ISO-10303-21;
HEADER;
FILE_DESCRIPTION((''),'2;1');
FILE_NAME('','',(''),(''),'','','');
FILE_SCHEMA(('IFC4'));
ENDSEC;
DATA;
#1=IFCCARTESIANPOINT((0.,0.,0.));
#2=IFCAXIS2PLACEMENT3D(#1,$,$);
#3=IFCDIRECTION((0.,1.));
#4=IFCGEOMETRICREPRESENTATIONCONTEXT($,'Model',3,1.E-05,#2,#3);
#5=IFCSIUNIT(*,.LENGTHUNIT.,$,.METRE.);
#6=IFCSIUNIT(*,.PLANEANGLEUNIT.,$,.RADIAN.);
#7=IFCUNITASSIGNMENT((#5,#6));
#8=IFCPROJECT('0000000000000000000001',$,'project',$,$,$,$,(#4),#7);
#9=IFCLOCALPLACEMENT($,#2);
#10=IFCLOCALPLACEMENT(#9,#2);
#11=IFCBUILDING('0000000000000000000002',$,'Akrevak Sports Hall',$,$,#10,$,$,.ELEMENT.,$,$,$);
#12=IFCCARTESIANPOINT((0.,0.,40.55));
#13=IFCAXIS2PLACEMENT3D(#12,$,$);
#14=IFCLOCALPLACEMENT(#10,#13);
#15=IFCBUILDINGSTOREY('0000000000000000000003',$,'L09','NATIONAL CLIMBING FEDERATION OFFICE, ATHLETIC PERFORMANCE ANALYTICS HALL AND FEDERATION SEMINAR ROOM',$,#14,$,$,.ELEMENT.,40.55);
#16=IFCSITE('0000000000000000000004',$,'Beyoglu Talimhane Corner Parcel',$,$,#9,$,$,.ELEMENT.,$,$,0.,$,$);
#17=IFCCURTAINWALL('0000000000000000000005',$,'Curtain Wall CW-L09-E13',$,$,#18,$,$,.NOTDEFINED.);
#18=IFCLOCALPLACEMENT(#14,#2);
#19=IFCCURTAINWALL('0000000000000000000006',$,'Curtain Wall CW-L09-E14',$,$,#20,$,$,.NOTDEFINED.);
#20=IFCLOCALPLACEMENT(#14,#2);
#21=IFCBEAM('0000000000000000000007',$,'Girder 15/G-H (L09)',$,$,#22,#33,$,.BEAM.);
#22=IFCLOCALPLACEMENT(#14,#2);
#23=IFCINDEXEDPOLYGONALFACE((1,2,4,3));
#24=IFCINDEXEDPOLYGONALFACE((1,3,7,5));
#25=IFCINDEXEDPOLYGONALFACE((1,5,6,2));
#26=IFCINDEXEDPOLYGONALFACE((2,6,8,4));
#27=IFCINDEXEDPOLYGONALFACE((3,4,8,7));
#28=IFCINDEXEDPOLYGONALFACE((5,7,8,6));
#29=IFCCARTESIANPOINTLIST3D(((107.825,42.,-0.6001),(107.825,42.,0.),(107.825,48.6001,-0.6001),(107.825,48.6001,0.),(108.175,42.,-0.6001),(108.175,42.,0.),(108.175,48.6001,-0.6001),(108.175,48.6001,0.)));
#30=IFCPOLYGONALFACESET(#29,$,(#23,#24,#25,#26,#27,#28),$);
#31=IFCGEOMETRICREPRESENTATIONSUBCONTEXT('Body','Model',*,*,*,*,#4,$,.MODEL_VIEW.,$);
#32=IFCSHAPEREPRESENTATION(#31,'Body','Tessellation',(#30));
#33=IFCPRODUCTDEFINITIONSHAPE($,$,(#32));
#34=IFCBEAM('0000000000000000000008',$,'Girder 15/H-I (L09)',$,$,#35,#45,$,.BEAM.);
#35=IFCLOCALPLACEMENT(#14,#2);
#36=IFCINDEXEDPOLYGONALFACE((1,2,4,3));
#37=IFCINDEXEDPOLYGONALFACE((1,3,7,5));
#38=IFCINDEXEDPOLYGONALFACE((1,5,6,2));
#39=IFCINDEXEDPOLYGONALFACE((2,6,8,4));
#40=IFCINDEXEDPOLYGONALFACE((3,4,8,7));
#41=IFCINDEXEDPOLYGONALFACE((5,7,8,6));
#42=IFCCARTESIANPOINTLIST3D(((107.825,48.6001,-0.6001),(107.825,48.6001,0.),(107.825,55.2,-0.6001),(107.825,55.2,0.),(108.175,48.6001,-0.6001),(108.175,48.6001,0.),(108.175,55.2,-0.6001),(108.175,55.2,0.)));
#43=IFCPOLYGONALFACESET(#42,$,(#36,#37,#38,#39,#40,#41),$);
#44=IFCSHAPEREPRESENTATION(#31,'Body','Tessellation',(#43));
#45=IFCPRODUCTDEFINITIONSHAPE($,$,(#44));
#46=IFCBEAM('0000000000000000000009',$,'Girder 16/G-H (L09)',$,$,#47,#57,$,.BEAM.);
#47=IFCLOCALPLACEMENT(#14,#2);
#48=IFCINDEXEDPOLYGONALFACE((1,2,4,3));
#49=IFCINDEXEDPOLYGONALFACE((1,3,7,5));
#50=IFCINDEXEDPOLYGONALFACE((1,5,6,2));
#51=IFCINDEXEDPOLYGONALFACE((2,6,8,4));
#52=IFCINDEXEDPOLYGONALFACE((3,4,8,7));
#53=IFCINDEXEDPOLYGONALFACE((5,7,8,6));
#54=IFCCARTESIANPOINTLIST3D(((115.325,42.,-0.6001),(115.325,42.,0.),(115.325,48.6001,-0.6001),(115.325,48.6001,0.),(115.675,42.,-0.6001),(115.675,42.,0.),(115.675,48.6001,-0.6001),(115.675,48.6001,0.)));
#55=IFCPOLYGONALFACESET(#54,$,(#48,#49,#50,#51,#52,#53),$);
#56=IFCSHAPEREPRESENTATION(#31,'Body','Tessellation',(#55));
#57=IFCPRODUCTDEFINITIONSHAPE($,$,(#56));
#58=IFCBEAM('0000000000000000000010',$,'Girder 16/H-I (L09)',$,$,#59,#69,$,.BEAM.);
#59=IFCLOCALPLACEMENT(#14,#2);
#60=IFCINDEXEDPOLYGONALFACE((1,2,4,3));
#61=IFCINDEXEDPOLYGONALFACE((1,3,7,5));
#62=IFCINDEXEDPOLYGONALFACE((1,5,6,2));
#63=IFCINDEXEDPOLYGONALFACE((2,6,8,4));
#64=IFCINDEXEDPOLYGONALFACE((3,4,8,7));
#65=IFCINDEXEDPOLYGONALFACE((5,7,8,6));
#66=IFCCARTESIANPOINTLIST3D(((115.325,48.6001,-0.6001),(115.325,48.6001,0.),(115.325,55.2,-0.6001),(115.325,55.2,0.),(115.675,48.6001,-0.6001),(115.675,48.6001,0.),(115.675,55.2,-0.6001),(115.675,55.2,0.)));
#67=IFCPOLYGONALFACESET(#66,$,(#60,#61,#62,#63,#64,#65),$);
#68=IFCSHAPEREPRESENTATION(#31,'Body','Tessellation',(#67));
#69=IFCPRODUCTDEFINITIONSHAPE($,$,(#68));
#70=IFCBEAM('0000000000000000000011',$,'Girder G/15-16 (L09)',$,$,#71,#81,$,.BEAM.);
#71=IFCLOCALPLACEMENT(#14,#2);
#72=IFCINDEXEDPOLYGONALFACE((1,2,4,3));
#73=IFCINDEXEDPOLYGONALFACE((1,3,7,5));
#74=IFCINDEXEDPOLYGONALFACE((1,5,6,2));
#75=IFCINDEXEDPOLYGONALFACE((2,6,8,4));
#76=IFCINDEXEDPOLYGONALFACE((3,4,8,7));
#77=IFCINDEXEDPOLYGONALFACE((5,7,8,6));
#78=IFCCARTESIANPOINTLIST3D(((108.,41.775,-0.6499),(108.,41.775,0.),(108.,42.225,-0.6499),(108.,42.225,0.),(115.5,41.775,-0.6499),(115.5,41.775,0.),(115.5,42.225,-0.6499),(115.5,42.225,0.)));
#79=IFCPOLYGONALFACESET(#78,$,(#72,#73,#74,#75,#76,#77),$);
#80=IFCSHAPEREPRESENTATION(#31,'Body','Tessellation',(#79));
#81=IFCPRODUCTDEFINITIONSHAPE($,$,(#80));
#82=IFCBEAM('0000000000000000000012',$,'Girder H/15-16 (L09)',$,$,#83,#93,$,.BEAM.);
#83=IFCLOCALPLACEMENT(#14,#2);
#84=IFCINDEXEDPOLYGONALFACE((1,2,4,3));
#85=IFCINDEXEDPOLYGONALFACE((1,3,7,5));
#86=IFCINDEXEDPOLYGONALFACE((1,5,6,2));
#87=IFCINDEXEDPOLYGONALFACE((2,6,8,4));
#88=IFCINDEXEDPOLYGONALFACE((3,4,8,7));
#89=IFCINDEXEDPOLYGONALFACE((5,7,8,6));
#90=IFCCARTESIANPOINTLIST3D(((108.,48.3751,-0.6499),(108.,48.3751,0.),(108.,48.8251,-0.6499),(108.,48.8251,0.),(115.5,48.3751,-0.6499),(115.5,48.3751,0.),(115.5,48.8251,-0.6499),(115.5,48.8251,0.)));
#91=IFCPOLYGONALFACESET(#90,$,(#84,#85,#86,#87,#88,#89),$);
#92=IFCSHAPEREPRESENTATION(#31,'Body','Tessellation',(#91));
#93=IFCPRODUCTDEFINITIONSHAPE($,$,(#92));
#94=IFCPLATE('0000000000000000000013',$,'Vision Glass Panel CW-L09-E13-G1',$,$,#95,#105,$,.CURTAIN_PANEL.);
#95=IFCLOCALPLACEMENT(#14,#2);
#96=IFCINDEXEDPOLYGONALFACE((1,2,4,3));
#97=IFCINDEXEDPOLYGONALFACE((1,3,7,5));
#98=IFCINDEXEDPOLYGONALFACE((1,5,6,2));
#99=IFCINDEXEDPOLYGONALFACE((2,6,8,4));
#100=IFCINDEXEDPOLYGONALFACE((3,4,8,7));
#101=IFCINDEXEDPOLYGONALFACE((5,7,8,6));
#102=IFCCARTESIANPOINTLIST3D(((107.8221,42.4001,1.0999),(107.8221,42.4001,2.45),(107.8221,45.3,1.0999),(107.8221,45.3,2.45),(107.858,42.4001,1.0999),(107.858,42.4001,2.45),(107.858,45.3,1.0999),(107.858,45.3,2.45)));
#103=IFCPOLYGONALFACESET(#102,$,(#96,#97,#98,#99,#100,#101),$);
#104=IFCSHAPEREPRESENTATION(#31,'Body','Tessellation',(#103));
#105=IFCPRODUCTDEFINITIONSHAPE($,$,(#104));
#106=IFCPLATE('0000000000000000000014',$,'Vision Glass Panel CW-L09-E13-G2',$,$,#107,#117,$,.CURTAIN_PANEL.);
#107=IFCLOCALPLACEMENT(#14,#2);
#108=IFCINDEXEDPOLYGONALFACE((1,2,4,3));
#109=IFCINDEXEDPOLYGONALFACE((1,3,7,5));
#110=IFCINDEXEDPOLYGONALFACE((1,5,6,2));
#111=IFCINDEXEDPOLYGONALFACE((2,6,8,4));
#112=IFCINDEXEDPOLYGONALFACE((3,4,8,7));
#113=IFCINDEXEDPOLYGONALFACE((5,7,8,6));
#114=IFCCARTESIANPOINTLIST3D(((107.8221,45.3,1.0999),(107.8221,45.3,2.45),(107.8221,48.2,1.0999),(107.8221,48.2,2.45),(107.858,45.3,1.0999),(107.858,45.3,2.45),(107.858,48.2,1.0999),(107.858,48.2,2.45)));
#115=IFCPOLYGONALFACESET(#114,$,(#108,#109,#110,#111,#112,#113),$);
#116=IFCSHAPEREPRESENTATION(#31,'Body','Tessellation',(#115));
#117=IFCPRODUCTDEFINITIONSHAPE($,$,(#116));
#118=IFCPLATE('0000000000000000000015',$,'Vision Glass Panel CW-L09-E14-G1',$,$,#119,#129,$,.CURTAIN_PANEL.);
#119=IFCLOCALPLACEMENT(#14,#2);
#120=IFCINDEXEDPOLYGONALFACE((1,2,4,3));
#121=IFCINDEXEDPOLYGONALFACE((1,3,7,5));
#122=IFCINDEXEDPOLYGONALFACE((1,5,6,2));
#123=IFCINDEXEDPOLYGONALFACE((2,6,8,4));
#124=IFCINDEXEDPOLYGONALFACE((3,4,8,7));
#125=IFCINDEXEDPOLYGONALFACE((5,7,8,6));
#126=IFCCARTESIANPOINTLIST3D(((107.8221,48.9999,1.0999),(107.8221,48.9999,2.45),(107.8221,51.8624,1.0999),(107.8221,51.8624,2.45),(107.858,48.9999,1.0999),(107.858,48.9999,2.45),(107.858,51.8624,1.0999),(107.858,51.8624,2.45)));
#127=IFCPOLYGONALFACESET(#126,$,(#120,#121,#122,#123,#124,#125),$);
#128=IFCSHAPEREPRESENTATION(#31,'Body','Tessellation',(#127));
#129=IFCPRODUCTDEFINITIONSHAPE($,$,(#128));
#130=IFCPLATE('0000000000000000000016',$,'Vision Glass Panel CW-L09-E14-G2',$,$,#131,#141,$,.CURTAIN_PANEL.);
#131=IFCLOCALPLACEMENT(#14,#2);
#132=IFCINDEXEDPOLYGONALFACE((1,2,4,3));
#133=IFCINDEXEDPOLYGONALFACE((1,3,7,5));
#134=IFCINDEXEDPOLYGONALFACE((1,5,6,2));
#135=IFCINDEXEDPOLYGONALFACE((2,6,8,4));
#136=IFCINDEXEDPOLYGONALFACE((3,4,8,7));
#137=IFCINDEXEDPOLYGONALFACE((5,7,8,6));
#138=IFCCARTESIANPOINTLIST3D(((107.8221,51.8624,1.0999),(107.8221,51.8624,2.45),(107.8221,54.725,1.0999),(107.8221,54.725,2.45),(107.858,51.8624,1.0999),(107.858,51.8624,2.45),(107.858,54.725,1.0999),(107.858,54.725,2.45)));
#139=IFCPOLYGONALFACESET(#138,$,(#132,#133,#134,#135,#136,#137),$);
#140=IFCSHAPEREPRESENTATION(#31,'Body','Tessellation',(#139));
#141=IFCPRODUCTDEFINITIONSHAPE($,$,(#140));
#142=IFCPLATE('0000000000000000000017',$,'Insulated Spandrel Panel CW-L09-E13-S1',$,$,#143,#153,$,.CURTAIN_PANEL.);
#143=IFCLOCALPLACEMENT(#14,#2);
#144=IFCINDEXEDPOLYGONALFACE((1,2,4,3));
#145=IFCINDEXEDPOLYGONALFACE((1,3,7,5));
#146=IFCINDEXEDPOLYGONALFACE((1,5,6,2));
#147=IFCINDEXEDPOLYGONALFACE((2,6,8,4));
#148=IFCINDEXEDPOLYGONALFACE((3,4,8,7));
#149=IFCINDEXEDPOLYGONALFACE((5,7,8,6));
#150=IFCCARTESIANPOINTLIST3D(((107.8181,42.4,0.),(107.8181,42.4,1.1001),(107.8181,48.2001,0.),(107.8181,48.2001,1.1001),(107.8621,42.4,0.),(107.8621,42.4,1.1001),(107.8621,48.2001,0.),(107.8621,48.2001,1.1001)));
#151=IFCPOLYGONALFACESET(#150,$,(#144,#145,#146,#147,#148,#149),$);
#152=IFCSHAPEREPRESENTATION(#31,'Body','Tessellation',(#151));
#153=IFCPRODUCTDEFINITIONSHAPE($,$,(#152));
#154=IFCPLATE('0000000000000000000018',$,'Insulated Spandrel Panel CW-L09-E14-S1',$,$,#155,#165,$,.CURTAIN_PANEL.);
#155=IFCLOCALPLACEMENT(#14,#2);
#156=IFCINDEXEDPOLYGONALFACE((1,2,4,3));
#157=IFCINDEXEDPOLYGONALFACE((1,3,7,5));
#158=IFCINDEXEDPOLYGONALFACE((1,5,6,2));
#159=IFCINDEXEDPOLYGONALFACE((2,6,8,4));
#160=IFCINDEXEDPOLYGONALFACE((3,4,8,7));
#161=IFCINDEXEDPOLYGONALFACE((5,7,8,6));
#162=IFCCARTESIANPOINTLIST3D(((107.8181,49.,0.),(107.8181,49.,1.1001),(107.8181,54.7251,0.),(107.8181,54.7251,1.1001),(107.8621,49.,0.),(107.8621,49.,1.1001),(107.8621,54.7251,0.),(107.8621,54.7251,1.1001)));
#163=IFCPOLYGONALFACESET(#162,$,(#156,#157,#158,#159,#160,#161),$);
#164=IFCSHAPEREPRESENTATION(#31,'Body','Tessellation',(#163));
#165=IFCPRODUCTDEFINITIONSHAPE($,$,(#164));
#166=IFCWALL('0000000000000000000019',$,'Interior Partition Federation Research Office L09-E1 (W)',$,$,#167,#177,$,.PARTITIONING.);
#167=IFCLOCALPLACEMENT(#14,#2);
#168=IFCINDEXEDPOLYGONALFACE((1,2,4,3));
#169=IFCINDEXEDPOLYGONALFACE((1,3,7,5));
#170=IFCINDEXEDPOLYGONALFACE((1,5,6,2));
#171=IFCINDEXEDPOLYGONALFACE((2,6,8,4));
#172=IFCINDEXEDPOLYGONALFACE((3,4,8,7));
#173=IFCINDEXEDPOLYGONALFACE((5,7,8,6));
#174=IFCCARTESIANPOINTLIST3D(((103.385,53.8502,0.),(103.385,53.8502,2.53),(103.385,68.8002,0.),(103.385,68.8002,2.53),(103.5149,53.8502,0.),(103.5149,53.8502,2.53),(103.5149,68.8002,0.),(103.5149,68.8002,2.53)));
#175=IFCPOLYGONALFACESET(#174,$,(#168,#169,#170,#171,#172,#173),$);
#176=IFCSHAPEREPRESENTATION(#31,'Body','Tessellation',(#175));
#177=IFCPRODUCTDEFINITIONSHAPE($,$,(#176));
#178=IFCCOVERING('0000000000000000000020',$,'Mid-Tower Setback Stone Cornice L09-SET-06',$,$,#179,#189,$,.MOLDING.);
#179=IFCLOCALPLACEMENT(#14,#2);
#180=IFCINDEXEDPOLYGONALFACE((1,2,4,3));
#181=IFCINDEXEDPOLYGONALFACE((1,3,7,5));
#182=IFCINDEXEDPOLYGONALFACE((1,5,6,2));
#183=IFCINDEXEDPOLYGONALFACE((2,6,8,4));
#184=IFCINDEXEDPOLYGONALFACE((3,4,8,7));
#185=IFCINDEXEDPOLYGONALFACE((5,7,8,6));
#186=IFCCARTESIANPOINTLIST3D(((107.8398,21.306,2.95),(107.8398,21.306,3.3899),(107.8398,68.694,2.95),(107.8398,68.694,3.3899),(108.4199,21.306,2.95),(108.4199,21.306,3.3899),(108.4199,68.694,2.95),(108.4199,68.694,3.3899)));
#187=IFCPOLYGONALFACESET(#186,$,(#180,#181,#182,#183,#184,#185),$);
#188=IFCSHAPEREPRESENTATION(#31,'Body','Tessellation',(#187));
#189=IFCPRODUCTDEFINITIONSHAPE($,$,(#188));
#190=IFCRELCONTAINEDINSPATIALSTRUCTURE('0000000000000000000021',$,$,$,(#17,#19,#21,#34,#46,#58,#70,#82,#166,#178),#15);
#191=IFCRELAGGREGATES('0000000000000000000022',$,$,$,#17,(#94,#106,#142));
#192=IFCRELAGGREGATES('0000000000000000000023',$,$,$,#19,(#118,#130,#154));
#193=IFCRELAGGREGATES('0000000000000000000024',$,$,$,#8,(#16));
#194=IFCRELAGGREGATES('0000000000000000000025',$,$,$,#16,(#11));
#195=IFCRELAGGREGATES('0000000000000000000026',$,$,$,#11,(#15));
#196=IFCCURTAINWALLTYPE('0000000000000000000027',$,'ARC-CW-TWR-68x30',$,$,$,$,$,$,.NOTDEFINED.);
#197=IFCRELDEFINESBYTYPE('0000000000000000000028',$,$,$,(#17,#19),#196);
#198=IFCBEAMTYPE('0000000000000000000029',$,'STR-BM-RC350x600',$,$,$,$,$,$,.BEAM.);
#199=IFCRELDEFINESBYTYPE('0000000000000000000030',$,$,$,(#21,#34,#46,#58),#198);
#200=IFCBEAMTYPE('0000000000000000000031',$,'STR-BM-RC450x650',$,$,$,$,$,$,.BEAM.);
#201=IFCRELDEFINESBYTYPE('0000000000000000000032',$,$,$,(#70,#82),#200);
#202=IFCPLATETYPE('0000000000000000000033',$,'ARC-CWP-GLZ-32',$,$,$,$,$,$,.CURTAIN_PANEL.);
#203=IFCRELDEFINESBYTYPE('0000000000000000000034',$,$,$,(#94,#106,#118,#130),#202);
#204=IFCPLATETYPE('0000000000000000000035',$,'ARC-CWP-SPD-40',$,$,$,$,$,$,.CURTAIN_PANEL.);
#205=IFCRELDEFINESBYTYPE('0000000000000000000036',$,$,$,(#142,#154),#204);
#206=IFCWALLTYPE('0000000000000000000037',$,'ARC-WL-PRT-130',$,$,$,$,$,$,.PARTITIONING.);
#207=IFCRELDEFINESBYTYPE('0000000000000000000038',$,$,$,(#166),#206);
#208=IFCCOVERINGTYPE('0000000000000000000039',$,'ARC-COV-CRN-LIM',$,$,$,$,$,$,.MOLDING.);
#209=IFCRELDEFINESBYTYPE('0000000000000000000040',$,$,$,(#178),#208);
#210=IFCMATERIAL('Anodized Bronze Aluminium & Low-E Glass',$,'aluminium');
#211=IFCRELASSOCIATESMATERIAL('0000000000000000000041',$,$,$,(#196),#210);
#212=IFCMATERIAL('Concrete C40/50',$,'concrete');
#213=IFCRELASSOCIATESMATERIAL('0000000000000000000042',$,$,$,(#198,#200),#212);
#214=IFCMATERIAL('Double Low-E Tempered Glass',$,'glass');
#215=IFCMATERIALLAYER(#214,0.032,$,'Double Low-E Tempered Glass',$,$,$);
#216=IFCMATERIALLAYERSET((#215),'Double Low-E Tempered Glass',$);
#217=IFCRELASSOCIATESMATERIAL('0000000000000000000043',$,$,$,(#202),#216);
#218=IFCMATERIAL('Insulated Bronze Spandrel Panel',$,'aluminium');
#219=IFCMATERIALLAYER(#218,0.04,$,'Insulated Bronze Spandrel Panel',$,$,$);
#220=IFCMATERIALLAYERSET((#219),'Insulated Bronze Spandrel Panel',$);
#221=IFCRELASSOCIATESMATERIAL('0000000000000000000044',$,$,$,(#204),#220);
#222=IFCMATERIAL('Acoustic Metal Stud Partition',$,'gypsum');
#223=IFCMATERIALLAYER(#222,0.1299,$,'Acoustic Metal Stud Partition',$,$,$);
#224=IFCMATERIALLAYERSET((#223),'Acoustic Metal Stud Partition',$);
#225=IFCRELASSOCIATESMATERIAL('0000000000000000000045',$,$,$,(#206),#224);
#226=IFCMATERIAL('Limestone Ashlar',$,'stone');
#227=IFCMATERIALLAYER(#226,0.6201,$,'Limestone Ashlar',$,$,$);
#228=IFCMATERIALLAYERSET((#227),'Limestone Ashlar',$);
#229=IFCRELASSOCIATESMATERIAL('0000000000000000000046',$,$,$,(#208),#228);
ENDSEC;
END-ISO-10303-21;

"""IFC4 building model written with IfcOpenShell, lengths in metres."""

from ifc_helpers import new_model, si_unit, direction, frame, frame_2d, origin, origin_2d, place, context, subcontext, project, spatial, rectangle, extrude, material, layer, layer_set, material_profile, profile_set, type_object, element, aggregate, save


model = new_model("IFC4")

# Units and contexts
model_context = context("Model", 3, precision=1e-05, world=origin(), true_north=direction((0.0, 1.0)))
body_context = subcontext(model_context, "Body", "Model", "MODEL_VIEW")
ifc_project = project(units=[si_unit("LENGTHUNIT", "METRE"), si_unit("PLANEANGLEUNIT", "RADIAN")], contexts=[model_context])

# Site, building, storey
site_placement = place(None, origin())
site = spatial("IfcSite", under=ifc_project, at=site_placement, Name="Beyoglu Talimhane Corner Parcel", CompositionType="ELEMENT", RefElevation=0.0)
building_placement = place(site_placement, origin())
building = spatial("IfcBuilding", under=site, at=building_placement, Name="Akrevak Sports Hall", CompositionType="ELEMENT")
storey_placement = place(building_placement, frame((0.0, 0.0, 40.55)))
storey = spatial("IfcBuildingStorey", under=building, at=storey_placement, Name="L09", Description="NATIONAL CLIMBING FEDERATION OFFICE, ATHLETIC PERFORMANCE ANALYTICS HALL AND FEDERATION SEMINAR ROOM", CompositionType="ELEMENT", Elevation=40.55)

# Shared definitions
ifc_material_1 = material(Name="Concrete C40/50", Category="concrete")

# Curtain walls
ifc_material_2 = material(Name="Anodized Bronze Aluminium & Low-E Glass", Category="aluminium")
curtain_wall_type = type_object("IfcCurtainWallType", Name="ARC-CW-TWR-68x30", PredefinedType="NOTDEFINED", material=ifc_material_2)
curtain_wall_1_placement = place(storey_placement, origin())
curtain_wall_1 = element("IfcCurtainWall", 1, at=curtain_wall_1_placement, inside=storey, type_object=curtain_wall_type, Name="Curtain Wall CW-L09-E13", PredefinedType="NOTDEFINED")
curtain_wall_2_placement = place(storey_placement, origin())
curtain_wall_2 = element("IfcCurtainWall", 2, at=curtain_wall_2_placement, inside=storey, type_object=curtain_wall_type, Name="Curtain Wall CW-L09-E14", PredefinedType="NOTDEFINED")

# Beams
ifc_material_profile_1 = material_profile(ifc_material_1, rectangle(XDim=0.3501, YDim=0.6001, at=origin_2d()), Name="BM 350x600", Category="concrete")
ifc_profile_set_1 = profile_set([ifc_material_profile_1], Name="Concrete C40/50")
beam_type_1 = type_object("IfcBeamType", Name="STR-BM-RC350x600", PredefinedType="BEAM", material=ifc_profile_set_1)
beam_1_placement = place(storey_placement, frame((108.0, 42.0, -0.3), z_axis=(0.0, 1.0, 0.0), x_axis=(-1.0, 0.0, 0.0)))
element("IfcBeam", 3, at=beam_1_placement, inside=storey, type_object=beam_type_1, Name="Girder 15/G-H (L09)", PredefinedType="BEAM", context=body_context, shape_type="SweptSolid", body=[
    extrude(rectangle(XDim=0.3501, YDim=0.6001, at=origin_2d()), origin(), (0.0, 0.0, 1.0), 6.6001),
])
beam_2_placement = place(storey_placement, frame((108.0, 48.6001, -0.3), z_axis=(0.0, 1.0, 0.0), x_axis=(-1.0, 0.0, 0.0)))
element("IfcBeam", 4, at=beam_2_placement, inside=storey, type_object=beam_type_1, Name="Girder 15/H-I (L09)", PredefinedType="BEAM", context=body_context, shape_type="SweptSolid", body=[
    extrude(rectangle(XDim=0.3501, YDim=0.6001, at=origin_2d()), origin(), (0.0, 0.0, 1.0), 6.5999),
])
beam_3_placement = place(storey_placement, frame((115.5, 42.0, -0.3), z_axis=(0.0, 1.0, 0.0), x_axis=(-1.0, 0.0, 0.0)))
element("IfcBeam", 5, at=beam_3_placement, inside=storey, type_object=beam_type_1, Name="Girder 16/G-H (L09)", PredefinedType="BEAM", context=body_context, shape_type="SweptSolid", body=[
    extrude(rectangle(XDim=0.3501, YDim=0.6001, at=origin_2d()), origin(), (0.0, 0.0, 1.0), 6.6001),
])
beam_4_placement = place(storey_placement, frame((115.5, 48.6001, -0.3), z_axis=(0.0, 1.0, 0.0), x_axis=(-1.0, 0.0, 0.0)))
element("IfcBeam", 6, at=beam_4_placement, inside=storey, type_object=beam_type_1, Name="Girder 16/H-I (L09)", PredefinedType="BEAM", context=body_context, shape_type="SweptSolid", body=[
    extrude(rectangle(XDim=0.3501, YDim=0.6001, at=origin_2d()), origin(), (0.0, 0.0, 1.0), 6.5999),
])
ifc_material_profile_2 = material_profile(ifc_material_1, rectangle(XDim=0.45, YDim=0.6499, at=origin_2d()), Name="BM 450x650", Category="concrete")
ifc_profile_set_2 = profile_set([ifc_material_profile_2], Name="Concrete C40/50")
beam_type_2 = type_object("IfcBeamType", Name="STR-BM-RC450x650", PredefinedType="BEAM", material=ifc_profile_set_2)
for number, where, z_axis, x_axis, name in (
    (7, (108.0, 42.0, -0.325), (1.0, 0.0, 0.0), (0.0, 1.0, 0.0), "Girder G/15-16 (L09)"),
    (8, (108.0, 48.6001, -0.325), (1.0, 0.0, 0.0), (0.0, 1.0, 0.0), "Girder H/15-16 (L09)"),
):
    element("IfcBeam", number, at=place(storey_placement, frame(where, z_axis=z_axis, x_axis=x_axis)), inside=storey, type_object=beam_type_2, Name=name, PredefinedType="BEAM", context=body_context, shape_type="SweptSolid", body=[
        extrude(rectangle(XDim=0.45, YDim=0.6499, at=origin_2d()), origin(), (0.0, 0.0, 1.0), 7.5),
    ])

# Plates
ifc_material_3 = material(Name="Double Low-E Tempered Glass", Category="glass")
ifc_layer_1 = layer(ifc_material_3, 0.032, Name="Double Low-E Tempered Glass")
ifc_layer_set_1 = layer_set([ifc_layer_1], Name="Double Low-E Tempered Glass")
plate_type_1 = type_object("IfcPlateType", Name="ARC-CWP-GLZ-32", PredefinedType="CURTAIN_PANEL", material=ifc_layer_set_1)
plate_1_placement = place(storey_placement, frame((107.8401, 43.8501, 1.0999), z_axis=(0.0, 0.0, 1.0), x_axis=(0.0, 1.0, 0.0)))
plate_1 = element("IfcPlate", 9, at=plate_1_placement, type_object=plate_type_1, Name="Vision Glass Panel CW-L09-E13-G1", PredefinedType="CURTAIN_PANEL", context=body_context, shape_type="SweptSolid", body=[
    extrude(rectangle(XDim=2.8999, YDim=0.0359, at=origin_2d()), origin(), (0.0, 0.0, 1.0), 1.3501),
])
plate_2_placement = place(storey_placement, frame((107.8401, 46.75, 1.0999), z_axis=(0.0, 0.0, 1.0), x_axis=(0.0, 1.0, 0.0)))
plate_2 = element("IfcPlate", 10, at=plate_2_placement, type_object=plate_type_1, Name="Vision Glass Panel CW-L09-E13-G2", PredefinedType="CURTAIN_PANEL", context=body_context, shape_type="SweptSolid", body=[
    extrude(rectangle(XDim=2.8999, YDim=0.0359, at=origin_2d()), origin(), (0.0, 0.0, 1.0), 1.3501),
])
plate_3_placement = place(storey_placement, frame((107.8401, 50.4312, 1.0999), z_axis=(0.0, 0.0, 1.0), x_axis=(0.0, 1.0, 0.0)))
plate_3 = element("IfcPlate", 11, at=plate_3_placement, type_object=plate_type_1, Name="Vision Glass Panel CW-L09-E14-G1", PredefinedType="CURTAIN_PANEL", context=body_context, shape_type="SweptSolid", body=[
    extrude(rectangle(XDim=2.8625, YDim=0.0359, at=origin_2d()), origin(), (0.0, 0.0, 1.0), 1.3501),
])
plate_4_placement = place(storey_placement, frame((107.8401, 53.2937, 1.0999), z_axis=(0.0, 0.0, 1.0), x_axis=(0.0, 1.0, 0.0)))
plate_4 = element("IfcPlate", 12, at=plate_4_placement, type_object=plate_type_1, Name="Vision Glass Panel CW-L09-E14-G2", PredefinedType="CURTAIN_PANEL", context=body_context, shape_type="SweptSolid", body=[
    extrude(rectangle(XDim=2.8625, YDim=0.0359, at=origin_2d()), origin(), (0.0, 0.0, 1.0), 1.3501),
])
ifc_material_4 = material(Name="Insulated Bronze Spandrel Panel", Category="aluminium")
ifc_layer_2 = layer(ifc_material_4, 0.04, Name="Insulated Bronze Spandrel Panel")
ifc_layer_set_2 = layer_set([ifc_layer_2], Name="Insulated Bronze Spandrel Panel")
plate_type_2 = type_object("IfcPlateType", Name="ARC-CWP-SPD-40", PredefinedType="CURTAIN_PANEL", material=ifc_layer_set_2)
plate_5_placement = place(storey_placement, frame((107.8401, 45.3, 0.0), z_axis=(0.0, 0.0, 1.0), x_axis=(0.0, 1.0, 0.0)))
plate_5 = element("IfcPlate", 13, at=plate_5_placement, type_object=plate_type_2, Name="Insulated Spandrel Panel CW-L09-E13-S1", PredefinedType="CURTAIN_PANEL", context=body_context, shape_type="SweptSolid", body=[
    extrude(rectangle(XDim=5.8, YDim=0.0439, at=origin_2d()), origin(), (0.0, 0.0, 1.0), 1.1001),
])
aggregate(curtain_wall_1, [plate_1, plate_2, plate_5])
plate_6_placement = place(storey_placement, frame((107.8401, 51.8625, 0.0), z_axis=(0.0, 0.0, 1.0), x_axis=(0.0, 1.0, 0.0)))
plate_6 = element("IfcPlate", 14, at=plate_6_placement, type_object=plate_type_2, Name="Insulated Spandrel Panel CW-L09-E14-S1", PredefinedType="CURTAIN_PANEL", context=body_context, shape_type="SweptSolid", body=[
    extrude(rectangle(XDim=5.7251, YDim=0.0439, at=origin_2d()), origin(), (0.0, 0.0, 1.0), 1.1001),
])
aggregate(curtain_wall_2, [plate_3, plate_4, plate_6])

# Shared definitions
ifc_material_5 = material(Name="Acoustic Metal Stud Partition", Category="gypsum")
ifc_layer_3 = layer(ifc_material_5, 0.1299, Name="Acoustic Metal Stud Partition")
ifc_layer_set_3 = layer_set([ifc_layer_3], Name="Acoustic Metal Stud Partition")
wall_type = type_object("IfcWallType", Name="ARC-WL-PRT-130", PredefinedType="PARTITIONING", material=ifc_layer_set_3)

# Wall
wall_1_placement = place(storey_placement, frame((103.45, 53.8501, 0.0), z_axis=(0.0, 0.0, 1.0), x_axis=(0.0, 1.0, 0.0)))
element("IfcWall", 15, at=wall_1_placement, inside=storey, type_object=wall_type, Name="Interior Partition Federation Research Office L09-E1 (W)", PredefinedType="PARTITIONING", context=body_context, shape_type="SweptSolid", body=[
    extrude(rectangle(XDim=14.95, YDim=0.1299, at=frame_2d((7.4751, 0.0))), origin(), (0.0, 0.0, 1.0), 2.53),
])

# Covering
ifc_material_6 = material(Name="Limestone Ashlar", Category="stone")
ifc_layer_4 = layer(ifc_material_6, 0.6201, Name="Limestone Ashlar")
ifc_layer_set_4 = layer_set([ifc_layer_4], Name="Limestone Ashlar")
covering_type_1 = type_object("IfcCoveringType", Name="ARC-COV-CRN-LIM", PredefinedType="MOLDING", material=ifc_layer_set_4)
covering_placement = place(storey_placement, frame((108.1299, 45.0, 2.95), z_axis=(0.0, 0.0, 1.0), x_axis=(0.0, 1.0, 0.0)))
element("IfcCovering", 16, at=covering_placement, inside=storey, type_object=covering_type_1, Name="Mid-Tower Setback Stone Cornice L09-SET-06", PredefinedType="MOLDING", context=body_context, shape_type="SweptSolid", body=[
    extrude(rectangle(XDim=47.3879, YDim=0.5801, at=origin_2d()), origin(), (0.0, 0.0, 1.0), 0.4399),
])

save(model, "model.ifc")
